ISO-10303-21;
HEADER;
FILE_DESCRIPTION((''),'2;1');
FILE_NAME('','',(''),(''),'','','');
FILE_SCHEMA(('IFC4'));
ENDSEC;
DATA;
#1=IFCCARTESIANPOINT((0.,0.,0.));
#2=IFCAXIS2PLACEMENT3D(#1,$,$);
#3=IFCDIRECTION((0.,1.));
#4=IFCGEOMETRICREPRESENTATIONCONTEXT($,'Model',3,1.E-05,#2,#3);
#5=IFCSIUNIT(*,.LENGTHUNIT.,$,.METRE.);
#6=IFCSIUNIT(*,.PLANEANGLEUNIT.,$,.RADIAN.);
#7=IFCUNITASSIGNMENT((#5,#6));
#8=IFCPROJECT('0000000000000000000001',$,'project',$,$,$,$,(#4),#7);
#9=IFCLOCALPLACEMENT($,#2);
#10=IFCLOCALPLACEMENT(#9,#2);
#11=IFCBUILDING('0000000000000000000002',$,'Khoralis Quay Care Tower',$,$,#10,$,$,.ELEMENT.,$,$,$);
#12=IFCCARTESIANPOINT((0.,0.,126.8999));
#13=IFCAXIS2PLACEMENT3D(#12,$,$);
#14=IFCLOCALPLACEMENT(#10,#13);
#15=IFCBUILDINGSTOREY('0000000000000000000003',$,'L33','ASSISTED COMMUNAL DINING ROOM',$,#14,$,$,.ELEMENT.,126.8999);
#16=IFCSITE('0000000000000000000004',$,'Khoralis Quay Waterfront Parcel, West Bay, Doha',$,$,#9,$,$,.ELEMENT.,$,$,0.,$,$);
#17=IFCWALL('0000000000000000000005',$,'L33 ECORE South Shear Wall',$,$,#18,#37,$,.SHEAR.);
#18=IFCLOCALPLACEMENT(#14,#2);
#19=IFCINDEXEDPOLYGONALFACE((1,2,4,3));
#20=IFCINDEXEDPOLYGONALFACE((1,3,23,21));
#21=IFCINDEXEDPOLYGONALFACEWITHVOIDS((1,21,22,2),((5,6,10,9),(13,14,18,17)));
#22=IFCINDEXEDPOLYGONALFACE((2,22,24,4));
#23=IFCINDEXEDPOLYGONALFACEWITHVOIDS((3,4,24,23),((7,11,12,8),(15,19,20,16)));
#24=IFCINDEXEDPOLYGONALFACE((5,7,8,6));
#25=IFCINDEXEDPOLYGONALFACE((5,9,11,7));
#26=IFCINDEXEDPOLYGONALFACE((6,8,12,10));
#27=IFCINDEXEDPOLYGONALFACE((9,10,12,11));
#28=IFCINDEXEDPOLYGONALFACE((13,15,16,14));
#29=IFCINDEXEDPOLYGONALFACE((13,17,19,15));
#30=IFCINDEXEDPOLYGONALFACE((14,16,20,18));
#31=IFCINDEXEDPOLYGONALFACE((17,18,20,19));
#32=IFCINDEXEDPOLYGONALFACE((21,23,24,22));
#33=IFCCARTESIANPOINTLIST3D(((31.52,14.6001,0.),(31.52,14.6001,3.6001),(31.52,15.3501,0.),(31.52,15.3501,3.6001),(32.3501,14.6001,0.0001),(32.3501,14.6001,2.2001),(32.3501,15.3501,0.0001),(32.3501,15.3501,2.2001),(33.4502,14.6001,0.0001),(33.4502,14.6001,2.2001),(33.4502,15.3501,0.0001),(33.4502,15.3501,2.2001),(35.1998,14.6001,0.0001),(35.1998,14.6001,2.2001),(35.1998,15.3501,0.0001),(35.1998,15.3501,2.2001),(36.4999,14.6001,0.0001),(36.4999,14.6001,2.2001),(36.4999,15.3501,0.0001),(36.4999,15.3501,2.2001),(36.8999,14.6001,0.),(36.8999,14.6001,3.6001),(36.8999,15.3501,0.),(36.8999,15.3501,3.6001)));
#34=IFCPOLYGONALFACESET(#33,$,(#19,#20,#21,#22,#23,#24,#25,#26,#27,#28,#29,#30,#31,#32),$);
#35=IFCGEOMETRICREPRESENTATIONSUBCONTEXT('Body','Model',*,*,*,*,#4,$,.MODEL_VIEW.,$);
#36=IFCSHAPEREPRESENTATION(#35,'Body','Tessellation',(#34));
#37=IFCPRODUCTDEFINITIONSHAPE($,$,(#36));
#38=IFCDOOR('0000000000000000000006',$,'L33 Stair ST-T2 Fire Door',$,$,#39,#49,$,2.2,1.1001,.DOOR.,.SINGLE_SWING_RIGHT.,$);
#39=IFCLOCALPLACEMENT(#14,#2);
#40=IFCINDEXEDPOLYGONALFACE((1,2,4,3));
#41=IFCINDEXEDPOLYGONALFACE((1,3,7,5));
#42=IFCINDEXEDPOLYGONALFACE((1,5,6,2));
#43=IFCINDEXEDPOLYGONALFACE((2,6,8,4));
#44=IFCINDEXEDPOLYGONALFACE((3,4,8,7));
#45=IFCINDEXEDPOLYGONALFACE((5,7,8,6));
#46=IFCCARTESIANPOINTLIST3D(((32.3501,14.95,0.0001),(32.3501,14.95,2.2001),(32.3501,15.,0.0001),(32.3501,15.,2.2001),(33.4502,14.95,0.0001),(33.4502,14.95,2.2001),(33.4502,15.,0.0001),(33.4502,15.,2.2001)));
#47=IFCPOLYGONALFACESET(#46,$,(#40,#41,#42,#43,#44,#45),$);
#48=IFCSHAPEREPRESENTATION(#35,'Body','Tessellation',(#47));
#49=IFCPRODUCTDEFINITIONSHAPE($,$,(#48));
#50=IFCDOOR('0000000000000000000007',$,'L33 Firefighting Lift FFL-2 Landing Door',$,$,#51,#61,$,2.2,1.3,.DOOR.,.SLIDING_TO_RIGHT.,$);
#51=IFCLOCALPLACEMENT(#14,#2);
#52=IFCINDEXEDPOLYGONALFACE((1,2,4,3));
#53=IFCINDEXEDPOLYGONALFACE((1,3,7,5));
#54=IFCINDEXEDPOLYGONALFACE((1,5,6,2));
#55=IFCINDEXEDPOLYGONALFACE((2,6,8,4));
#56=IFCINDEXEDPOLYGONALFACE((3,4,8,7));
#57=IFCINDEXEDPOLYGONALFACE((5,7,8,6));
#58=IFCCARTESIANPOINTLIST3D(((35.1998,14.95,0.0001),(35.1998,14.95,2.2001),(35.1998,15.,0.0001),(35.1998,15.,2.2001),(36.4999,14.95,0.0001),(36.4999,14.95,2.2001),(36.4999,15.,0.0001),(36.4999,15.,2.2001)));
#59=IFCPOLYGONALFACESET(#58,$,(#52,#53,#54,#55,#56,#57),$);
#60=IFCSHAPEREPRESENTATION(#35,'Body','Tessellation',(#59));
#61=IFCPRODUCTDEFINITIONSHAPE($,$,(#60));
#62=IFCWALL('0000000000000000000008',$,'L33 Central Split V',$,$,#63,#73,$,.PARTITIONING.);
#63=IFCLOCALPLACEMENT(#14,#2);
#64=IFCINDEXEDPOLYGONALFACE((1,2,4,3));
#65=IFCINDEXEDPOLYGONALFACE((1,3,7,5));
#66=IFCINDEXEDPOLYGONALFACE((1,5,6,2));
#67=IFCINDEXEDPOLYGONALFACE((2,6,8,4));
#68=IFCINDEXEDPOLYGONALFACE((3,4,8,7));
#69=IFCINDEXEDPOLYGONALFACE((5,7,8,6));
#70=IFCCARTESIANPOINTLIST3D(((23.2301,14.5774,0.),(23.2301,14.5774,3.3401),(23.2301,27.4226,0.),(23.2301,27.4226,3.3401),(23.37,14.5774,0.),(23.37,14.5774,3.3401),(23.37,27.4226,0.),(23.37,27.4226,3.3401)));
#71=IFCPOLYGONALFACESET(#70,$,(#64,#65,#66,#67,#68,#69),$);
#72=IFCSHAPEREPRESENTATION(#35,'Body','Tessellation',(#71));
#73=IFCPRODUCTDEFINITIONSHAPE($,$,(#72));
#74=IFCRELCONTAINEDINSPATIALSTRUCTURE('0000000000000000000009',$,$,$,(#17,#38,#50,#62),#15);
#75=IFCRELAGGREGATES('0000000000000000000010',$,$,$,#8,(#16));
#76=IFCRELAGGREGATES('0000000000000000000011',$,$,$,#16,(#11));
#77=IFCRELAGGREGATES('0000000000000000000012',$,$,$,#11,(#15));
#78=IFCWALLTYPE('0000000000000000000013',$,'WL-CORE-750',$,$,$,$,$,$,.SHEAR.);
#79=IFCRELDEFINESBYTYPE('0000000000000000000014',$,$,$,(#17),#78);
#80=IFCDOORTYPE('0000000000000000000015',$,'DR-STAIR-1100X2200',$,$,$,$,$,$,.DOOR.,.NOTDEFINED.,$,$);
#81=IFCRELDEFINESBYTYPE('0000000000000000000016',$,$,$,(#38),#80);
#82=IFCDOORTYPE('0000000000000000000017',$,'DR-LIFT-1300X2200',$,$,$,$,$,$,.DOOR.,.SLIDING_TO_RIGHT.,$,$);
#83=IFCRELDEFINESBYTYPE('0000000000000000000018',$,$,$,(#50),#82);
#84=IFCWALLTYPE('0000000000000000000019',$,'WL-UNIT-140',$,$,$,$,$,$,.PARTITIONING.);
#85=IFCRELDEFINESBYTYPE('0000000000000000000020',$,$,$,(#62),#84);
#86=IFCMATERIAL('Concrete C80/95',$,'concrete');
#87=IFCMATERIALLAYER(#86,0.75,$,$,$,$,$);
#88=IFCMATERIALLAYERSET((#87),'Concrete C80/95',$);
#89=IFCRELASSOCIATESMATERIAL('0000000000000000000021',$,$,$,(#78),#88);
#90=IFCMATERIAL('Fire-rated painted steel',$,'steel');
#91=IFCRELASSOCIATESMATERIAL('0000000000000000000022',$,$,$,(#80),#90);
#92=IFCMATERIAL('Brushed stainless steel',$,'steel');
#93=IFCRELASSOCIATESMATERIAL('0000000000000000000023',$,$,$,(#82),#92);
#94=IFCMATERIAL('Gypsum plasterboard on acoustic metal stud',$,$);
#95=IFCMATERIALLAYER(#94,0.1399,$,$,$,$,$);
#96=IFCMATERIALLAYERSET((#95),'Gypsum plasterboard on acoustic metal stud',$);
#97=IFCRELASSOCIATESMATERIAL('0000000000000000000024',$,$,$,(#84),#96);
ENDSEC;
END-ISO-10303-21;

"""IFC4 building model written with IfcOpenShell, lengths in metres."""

from ifc_helpers import new_model, si_unit, direction, frame, frame_2d, origin, place, context, subcontext, project, spatial, rectangle, extrude, source, transform, mapped, material, layer, layer_set, type_object, element, fill, save


model = new_model("IFC4")

# Units and contexts
model_context = context("Model", 3, precision=1e-05, world=origin(), true_north=direction((0.0, 1.0)))
body_context = subcontext(model_context, "Body", "Model", "MODEL_VIEW")
ifc_project = project(units=[si_unit("LENGTHUNIT", "METRE"), si_unit("PLANEANGLEUNIT", "RADIAN")], contexts=[model_context])

# Site, building, storey
site_placement = place(None, origin())
site = spatial("IfcSite", under=ifc_project, at=site_placement, Name="Khoralis Quay Waterfront Parcel, West Bay, Doha", CompositionType="ELEMENT", RefElevation=0.0)
building_placement = place(site_placement, origin())
building = spatial("IfcBuilding", under=site, at=building_placement, Name="Khoralis Quay Care Tower", CompositionType="ELEMENT")
storey_placement = place(building_placement, frame((0.0, 0.0, 126.8999)))
storey = spatial("IfcBuildingStorey", under=building, at=storey_placement, Name="L33", Description="ASSISTED COMMUNAL DINING ROOM", CompositionType="ELEMENT", Elevation=126.8999)

# Shared definitions
ifc_material_1 = material(Name="Gypsum plasterboard on acoustic metal stud")
ifc_material_2 = material(Name="Fire-rated painted steel", Category="steel")

# Shared definitions
ifc_material_3 = material(Name="Concrete C80/95", Category="concrete")
ifc_layer_1 = layer(ifc_material_3, 0.75)
ifc_layer_set_1 = layer_set([ifc_layer_1], Name="Concrete C80/95")
wall_type_1 = type_object("IfcWallType", Name="WL-CORE-750", PredefinedType="SHEAR", material=ifc_layer_set_1)

# Wall, openings, doors
wall_1_placement = place(storey_placement, frame((31.52, 14.9751, 0.0), z_axis=(0.0, 0.0, 1.0), x_axis=(1.0, 0.0, 0.0)))
wall_1 = element("IfcWall", 1, at=wall_1_placement, inside=storey, type_object=wall_type_1, Name="L33 ECORE South Shear Wall", PredefinedType="SHEAR", context=body_context, shape_type="SweptSolid", body=[
    extrude(rectangle(XDim=5.3799, YDim=0.75, at=frame_2d((2.6899, 0.0))), origin(), (0.0, 0.0, 1.0), 3.6001),
])
opening_1_placement = place(wall_1_placement, frame((0.8301, 0.0, 0.0)))
opening_1 = element("IfcOpeningElement", 2, at=opening_1_placement, cuts=wall_1, PredefinedType="OPENING", context=body_context, shape_type="SweptSolid", body=[
    extrude(rectangle(XDim=1.1001, YDim=2.2, at=frame_2d((0.55, 1.1001))), frame((0.0, 0.385, 0.0), z_axis=(0.0, -1.0, 0.0), x_axis=(1.0, 0.0, 0.0)), (0.0, 0.0, 1.0), 0.77),
])
opening_2_placement = place(wall_1_placement, frame((3.6799, 0.0, 0.0)))
opening_2 = element("IfcOpeningElement", 3, at=opening_2_placement, cuts=wall_1, PredefinedType="OPENING", context=body_context, shape_type="SweptSolid", body=[
    extrude(rectangle(XDim=1.3, YDim=2.2, at=frame_2d((0.6499, 1.1001))), frame((0.0, 0.385, 0.0), z_axis=(0.0, -1.0, 0.0), x_axis=(1.0, 0.0, 0.0)), (0.0, 0.0, 1.0), 0.77),
])
door_type_1 = type_object("IfcDoorType", Name="DR-STAIR-1100X2200", OperationType="NOTDEFINED", PredefinedType="DOOR", material=ifc_material_2)
shared_shape_1 = source(origin(), body_context, "Body", "SweptSolid", [
    extrude(rectangle(XDim=1.1001, YDim=2.2, at=frame_2d((0.55, 1.1001))), frame((0.0, 0.0249, 0.0), z_axis=(0.0, -1.0, 0.0), x_axis=(1.0, 0.0, 0.0)), (0.0, 0.0, 1.0), 0.05),
])
door_1_placement = place(opening_1_placement, origin())
door_1 = element("IfcDoor", 4, at=door_1_placement, inside=storey, type_object=door_type_1, Name="L33 Stair ST-T2 Fire Door", OperationType="SINGLE_SWING_RIGHT", OverallHeight=2.2, OverallWidth=1.1001, PredefinedType="DOOR", context=body_context, shape_type="MappedRepresentation", body=[
    mapped(shared_shape_1, transform((0.0, 0.0, 0.0), scale=1.0)),
])
fill(opening_1, door_1)
ifc_material_4 = material(Name="Brushed stainless steel", Category="steel")
door_type_2 = type_object("IfcDoorType", Name="DR-LIFT-1300X2200", OperationType="SLIDING_TO_RIGHT", PredefinedType="DOOR", material=ifc_material_4)
shared_shape_2 = source(origin(), body_context, "Body", "SweptSolid", [
    extrude(rectangle(XDim=1.3, YDim=2.2, at=frame_2d((0.6499, 1.1001))), frame((0.0, 0.0249, 0.0), z_axis=(0.0, -1.0, 0.0), x_axis=(1.0, 0.0, 0.0)), (0.0, 0.0, 1.0), 0.05),
])
door_2_placement = place(opening_2_placement, origin())
door_2 = element("IfcDoor", 5, at=door_2_placement, inside=storey, type_object=door_type_2, Name="L33 Firefighting Lift FFL-2 Landing Door", OperationType="SLIDING_TO_RIGHT", OverallHeight=2.2, OverallWidth=1.3, PredefinedType="DOOR", context=body_context, shape_type="MappedRepresentation", body=[
    mapped(shared_shape_2, transform((0.0, 0.0, 0.0), scale=1.0)),
])
fill(opening_2, door_2)

# Wall
ifc_layer_2 = layer(ifc_material_1, 0.1399)
ifc_layer_set_2 = layer_set([ifc_layer_2], Name="Gypsum plasterboard on acoustic metal stud")
wall_type_2 = type_object("IfcWallType", Name="WL-UNIT-140", PredefinedType="PARTITIONING", material=ifc_layer_set_2)
wall_2_placement = place(storey_placement, frame((23.3, 14.5774, 0.0), z_axis=(0.0, 0.0, 1.0), x_axis=(0.0, 1.0, 0.0)))
element("IfcWall", 6, at=wall_2_placement, inside=storey, type_object=wall_type_2, Name="L33 Central Split V", PredefinedType="PARTITIONING", context=body_context, shape_type="SweptSolid", body=[
    extrude(rectangle(XDim=12.8452, YDim=0.1399, at=frame_2d((6.4226, 0.0))), origin(), (0.0, 0.0, 1.0), 3.3401),
])

save(model, "model.ifc")
